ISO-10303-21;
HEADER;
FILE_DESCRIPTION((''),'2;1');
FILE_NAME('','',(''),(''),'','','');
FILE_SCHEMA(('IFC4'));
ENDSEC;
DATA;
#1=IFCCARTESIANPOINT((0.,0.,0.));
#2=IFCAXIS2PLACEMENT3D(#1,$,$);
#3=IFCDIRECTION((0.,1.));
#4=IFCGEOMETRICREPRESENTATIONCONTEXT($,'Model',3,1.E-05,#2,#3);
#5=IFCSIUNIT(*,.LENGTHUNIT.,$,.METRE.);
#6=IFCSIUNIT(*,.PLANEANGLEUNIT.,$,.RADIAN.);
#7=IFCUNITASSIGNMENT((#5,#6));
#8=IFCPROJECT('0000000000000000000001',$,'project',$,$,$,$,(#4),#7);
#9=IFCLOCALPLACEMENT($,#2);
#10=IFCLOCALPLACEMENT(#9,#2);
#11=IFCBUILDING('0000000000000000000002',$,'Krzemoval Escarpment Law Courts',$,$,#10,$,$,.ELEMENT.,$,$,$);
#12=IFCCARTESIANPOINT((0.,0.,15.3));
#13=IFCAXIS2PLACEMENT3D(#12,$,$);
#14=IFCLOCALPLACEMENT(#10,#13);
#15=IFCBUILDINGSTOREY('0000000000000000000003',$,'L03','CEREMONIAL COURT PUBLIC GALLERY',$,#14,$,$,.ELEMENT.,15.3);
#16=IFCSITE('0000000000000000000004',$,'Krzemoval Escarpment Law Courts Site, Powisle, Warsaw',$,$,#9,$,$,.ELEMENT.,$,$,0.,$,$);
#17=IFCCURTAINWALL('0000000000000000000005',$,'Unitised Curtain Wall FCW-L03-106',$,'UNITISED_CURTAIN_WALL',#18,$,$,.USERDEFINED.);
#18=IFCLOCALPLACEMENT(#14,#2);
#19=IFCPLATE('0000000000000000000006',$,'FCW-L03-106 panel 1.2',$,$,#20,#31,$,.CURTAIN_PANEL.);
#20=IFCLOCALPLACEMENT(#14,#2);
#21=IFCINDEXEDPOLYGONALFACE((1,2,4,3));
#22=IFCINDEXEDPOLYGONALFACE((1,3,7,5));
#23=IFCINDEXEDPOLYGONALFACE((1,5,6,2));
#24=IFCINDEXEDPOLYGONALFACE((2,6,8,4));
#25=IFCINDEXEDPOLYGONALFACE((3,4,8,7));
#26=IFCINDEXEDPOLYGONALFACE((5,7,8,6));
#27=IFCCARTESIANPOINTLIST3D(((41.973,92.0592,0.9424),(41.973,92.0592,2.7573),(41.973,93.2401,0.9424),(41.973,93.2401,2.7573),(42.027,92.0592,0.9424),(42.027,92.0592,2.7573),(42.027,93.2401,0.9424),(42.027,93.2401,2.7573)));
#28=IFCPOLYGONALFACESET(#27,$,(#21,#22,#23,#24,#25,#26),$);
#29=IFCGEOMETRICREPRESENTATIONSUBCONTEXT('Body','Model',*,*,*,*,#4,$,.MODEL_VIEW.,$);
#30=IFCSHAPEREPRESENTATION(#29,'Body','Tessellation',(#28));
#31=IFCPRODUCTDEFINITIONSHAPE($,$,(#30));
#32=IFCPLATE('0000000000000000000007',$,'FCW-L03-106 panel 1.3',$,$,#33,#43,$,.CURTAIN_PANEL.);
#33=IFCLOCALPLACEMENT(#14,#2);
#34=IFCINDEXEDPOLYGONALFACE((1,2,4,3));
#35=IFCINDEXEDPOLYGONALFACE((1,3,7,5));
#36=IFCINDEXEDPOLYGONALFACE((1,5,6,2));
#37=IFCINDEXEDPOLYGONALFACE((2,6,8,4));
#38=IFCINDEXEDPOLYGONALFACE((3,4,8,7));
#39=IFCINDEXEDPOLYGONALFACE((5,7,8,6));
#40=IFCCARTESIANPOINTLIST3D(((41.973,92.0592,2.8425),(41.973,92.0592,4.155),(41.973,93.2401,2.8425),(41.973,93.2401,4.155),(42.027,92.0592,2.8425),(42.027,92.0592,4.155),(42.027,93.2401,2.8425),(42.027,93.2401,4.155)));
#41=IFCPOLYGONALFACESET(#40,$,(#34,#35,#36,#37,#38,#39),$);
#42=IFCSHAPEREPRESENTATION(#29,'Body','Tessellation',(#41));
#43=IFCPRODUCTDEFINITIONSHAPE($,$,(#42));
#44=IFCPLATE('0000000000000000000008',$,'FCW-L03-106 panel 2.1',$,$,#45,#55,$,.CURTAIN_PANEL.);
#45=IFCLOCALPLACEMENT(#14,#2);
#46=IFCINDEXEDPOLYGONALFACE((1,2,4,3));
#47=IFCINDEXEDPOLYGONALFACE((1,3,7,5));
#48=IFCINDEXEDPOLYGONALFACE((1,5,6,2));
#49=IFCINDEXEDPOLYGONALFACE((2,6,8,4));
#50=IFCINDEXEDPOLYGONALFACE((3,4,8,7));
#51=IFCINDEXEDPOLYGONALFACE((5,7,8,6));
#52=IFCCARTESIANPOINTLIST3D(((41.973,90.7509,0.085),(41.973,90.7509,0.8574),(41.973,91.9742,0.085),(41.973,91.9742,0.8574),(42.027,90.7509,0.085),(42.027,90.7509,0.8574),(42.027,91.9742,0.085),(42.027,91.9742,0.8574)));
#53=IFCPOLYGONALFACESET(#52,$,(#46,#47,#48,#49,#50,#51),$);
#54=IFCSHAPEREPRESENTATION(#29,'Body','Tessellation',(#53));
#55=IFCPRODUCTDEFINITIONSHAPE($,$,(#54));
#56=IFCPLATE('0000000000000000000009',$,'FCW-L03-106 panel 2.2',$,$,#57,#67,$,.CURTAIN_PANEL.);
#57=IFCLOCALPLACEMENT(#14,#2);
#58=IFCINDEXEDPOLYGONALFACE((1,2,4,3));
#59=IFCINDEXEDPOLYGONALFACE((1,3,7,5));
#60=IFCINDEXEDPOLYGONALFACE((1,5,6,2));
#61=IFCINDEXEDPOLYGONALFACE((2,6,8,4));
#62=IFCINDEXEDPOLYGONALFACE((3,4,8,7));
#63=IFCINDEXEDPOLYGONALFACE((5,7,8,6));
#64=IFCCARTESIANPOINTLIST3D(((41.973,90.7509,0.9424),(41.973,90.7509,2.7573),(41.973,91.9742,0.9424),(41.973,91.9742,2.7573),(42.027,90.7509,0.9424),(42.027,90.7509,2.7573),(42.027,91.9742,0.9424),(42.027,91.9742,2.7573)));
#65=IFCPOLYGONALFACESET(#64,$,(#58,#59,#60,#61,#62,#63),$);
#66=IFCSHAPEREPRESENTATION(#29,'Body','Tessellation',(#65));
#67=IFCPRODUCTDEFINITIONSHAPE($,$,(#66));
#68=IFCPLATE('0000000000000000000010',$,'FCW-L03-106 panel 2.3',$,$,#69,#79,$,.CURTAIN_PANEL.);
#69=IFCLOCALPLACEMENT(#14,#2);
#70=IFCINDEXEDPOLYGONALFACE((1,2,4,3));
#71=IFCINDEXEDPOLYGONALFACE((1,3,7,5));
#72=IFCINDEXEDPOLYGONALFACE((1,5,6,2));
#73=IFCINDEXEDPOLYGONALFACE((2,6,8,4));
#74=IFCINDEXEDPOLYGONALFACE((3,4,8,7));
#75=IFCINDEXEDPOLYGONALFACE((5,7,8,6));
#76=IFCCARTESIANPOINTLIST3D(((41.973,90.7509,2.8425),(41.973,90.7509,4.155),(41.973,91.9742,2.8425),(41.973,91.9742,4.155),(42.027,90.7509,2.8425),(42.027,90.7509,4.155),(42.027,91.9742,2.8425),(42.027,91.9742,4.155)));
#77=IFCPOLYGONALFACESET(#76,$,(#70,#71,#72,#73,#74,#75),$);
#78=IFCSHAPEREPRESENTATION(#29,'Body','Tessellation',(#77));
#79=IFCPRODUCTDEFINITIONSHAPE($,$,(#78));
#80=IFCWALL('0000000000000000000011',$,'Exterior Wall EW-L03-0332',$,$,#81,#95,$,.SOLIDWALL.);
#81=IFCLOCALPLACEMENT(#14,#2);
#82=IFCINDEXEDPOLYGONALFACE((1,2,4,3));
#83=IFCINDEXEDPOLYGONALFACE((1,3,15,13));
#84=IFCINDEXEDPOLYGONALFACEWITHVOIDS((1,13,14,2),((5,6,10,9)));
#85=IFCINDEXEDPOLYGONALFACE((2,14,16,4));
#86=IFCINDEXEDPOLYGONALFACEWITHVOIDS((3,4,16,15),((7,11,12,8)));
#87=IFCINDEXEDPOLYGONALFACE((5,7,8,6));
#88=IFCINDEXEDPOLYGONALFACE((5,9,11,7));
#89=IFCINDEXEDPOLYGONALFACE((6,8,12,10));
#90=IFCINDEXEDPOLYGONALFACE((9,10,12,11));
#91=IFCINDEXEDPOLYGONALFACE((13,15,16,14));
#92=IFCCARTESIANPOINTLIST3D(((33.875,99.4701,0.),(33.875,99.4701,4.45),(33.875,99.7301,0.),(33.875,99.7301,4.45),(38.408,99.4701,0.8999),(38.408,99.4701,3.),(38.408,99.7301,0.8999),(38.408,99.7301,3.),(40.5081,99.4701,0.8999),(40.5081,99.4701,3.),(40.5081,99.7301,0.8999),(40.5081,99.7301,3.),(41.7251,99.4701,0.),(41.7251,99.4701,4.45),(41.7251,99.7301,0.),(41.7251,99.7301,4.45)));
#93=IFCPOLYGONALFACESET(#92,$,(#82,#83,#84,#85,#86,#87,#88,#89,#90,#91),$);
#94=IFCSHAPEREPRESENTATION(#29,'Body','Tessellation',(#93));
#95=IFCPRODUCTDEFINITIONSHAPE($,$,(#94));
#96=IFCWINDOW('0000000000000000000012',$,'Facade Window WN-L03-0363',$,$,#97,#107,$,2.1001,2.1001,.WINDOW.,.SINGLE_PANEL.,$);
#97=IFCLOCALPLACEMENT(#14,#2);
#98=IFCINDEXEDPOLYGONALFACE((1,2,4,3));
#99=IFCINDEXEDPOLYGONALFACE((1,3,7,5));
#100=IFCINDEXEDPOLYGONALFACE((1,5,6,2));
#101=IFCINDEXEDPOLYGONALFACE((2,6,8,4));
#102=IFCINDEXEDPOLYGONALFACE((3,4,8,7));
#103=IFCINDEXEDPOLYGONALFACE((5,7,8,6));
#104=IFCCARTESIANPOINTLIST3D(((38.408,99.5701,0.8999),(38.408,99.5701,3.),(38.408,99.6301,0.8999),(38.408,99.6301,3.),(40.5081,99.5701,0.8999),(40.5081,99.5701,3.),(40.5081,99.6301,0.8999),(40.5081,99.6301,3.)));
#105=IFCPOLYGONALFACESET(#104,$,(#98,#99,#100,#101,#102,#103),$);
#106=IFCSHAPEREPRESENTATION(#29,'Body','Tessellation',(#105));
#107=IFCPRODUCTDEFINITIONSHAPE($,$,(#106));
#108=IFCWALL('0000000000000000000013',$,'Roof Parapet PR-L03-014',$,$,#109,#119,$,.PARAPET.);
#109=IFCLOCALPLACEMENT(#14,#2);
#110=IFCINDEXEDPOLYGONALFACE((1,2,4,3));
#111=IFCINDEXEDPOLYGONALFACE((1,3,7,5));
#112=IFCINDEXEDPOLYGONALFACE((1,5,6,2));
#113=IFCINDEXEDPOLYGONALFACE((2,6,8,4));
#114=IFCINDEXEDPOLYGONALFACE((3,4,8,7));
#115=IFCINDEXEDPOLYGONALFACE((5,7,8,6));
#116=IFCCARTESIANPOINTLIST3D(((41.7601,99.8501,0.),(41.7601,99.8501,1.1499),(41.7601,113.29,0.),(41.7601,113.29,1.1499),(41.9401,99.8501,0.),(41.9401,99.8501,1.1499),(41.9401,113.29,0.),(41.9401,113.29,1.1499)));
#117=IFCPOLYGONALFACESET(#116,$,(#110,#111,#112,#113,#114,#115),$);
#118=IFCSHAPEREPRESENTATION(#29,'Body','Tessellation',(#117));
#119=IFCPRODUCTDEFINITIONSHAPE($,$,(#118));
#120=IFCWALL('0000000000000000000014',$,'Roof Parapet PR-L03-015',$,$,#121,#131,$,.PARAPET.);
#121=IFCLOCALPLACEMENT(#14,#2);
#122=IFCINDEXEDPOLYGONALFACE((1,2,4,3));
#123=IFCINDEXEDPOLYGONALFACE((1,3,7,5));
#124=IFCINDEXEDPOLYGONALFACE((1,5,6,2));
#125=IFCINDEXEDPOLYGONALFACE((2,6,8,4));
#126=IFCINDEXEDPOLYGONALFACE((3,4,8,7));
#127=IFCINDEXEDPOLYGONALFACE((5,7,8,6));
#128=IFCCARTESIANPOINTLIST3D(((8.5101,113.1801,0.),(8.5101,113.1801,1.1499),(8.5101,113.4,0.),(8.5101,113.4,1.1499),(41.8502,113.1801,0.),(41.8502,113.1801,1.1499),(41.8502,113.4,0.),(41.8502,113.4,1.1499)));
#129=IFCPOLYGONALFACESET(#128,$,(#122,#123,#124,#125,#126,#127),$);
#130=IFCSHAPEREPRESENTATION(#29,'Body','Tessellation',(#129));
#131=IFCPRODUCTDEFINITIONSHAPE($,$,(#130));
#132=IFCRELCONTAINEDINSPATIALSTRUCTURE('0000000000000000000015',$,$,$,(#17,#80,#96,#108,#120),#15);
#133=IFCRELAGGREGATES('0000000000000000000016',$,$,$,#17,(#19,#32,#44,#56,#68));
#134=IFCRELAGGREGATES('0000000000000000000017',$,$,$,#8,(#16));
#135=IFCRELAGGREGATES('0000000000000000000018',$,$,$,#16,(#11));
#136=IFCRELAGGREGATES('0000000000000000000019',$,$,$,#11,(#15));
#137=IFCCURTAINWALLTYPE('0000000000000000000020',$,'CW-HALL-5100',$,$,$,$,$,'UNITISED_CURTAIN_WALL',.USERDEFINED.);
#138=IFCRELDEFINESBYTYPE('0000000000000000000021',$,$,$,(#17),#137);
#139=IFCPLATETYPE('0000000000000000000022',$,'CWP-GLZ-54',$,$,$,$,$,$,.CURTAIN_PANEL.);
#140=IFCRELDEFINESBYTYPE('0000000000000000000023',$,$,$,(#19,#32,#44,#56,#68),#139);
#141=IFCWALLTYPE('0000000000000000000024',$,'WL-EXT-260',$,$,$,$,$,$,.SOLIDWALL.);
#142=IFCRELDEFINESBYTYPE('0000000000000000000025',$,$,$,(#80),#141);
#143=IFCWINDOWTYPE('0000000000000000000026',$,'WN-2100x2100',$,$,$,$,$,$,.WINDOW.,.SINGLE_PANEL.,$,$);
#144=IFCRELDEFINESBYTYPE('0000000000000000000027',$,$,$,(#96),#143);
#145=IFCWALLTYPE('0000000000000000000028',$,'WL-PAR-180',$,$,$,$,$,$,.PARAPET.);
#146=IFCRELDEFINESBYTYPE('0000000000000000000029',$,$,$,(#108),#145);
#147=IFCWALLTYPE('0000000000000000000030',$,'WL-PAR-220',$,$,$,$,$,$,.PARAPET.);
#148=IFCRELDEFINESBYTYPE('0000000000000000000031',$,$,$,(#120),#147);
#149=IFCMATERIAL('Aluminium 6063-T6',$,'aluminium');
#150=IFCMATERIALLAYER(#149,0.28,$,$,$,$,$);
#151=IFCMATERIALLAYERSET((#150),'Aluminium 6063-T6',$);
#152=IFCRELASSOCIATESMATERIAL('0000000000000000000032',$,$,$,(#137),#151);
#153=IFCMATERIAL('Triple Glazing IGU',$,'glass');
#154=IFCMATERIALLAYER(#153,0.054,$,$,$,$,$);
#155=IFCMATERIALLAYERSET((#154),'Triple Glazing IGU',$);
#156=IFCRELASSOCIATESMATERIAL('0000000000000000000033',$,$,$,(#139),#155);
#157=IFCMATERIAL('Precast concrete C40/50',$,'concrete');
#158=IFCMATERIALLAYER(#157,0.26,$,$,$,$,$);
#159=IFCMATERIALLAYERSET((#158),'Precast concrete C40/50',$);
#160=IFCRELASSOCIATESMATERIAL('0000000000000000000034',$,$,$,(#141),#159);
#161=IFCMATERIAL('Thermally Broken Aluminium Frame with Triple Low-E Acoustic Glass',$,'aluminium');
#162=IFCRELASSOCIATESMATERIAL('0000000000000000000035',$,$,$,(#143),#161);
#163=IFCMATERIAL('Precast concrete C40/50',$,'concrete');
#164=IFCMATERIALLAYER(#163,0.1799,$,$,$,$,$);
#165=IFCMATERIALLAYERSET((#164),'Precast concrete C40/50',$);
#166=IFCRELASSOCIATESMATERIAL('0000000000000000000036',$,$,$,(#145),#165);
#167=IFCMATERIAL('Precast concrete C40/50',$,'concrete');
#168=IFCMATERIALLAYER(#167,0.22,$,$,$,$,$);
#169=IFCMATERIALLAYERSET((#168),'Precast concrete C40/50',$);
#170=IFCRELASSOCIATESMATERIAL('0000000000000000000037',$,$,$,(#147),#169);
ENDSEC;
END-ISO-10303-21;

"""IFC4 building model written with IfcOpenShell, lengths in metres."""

from ifc_helpers import new_model, si_unit, direction, frame, frame_2d, origin, origin_2d, place, context, subcontext, project, spatial, rectangle, extrude, material, layer, layer_set, type_object, element, fill, aggregate, save


model = new_model("IFC4")

# Units and contexts
model_context = context("Model", 3, precision=1e-05, world=origin(), true_north=direction((0.0, 1.0)))
body_context = subcontext(model_context, "Body", "Model", "MODEL_VIEW")
ifc_project = project(units=[si_unit("LENGTHUNIT", "METRE"), si_unit("PLANEANGLEUNIT", "RADIAN")], contexts=[model_context])

# Site, building, storey
site_placement = place(None, origin())
site = spatial("IfcSite", under=ifc_project, at=site_placement, Name="Krzemoval Escarpment Law Courts Site, Powisle, Warsaw", CompositionType="ELEMENT", RefElevation=0.0)
building_placement = place(site_placement, origin())
building = spatial("IfcBuilding", under=site, at=building_placement, Name="Krzemoval Escarpment Law Courts", CompositionType="ELEMENT")
storey_placement = place(building_placement, frame((0.0, 0.0, 15.3)))
storey = spatial("IfcBuildingStorey", under=building, at=storey_placement, Name="L03", Description="CEREMONIAL COURT PUBLIC GALLERY", CompositionType="ELEMENT", Elevation=15.3)

# Curtain wall, plates
ifc_material_1 = material(Name="Aluminium 6063-T6", Category="aluminium")
ifc_layer_1 = layer(ifc_material_1, 0.28)
ifc_layer_set_1 = layer_set([ifc_layer_1], Name="Aluminium 6063-T6")
curtain_wall_type = type_object("IfcCurtainWallType", Name="CW-HALL-5100", ElementType="UNITISED_CURTAIN_WALL", PredefinedType="USERDEFINED", material=ifc_layer_set_1)
curtain_wall_placement = place(storey_placement, origin())
curtain_wall = element("IfcCurtainWall", 1, at=curtain_wall_placement, inside=storey, type_object=curtain_wall_type, Name="Unitised Curtain Wall FCW-L03-106", ObjectType="UNITISED_CURTAIN_WALL", PredefinedType="USERDEFINED")
ifc_material_2 = material(Name="Triple Glazing IGU", Category="glass")
ifc_layer_2 = layer(ifc_material_2, 0.054)
ifc_layer_set_2 = layer_set([ifc_layer_2], Name="Triple Glazing IGU")
plate_type = type_object("IfcPlateType", Name="CWP-GLZ-54", PredefinedType="CURTAIN_PANEL", material=ifc_layer_set_2)
plate_1_placement = place(storey_placement, frame((42.0, 92.6497, 0.9424), z_axis=(0.0, 0.0, 1.0), x_axis=(0.0, -1.0, 0.0)))
plate_1 = element("IfcPlate", 2, at=plate_1_placement, type_object=plate_type, Name="FCW-L03-106 panel 1.2", PredefinedType="CURTAIN_PANEL", context=body_context, shape_type="SweptSolid", body=[
    extrude(rectangle(XDim=1.1809, YDim=0.054, at=origin_2d()), origin(), (0.0, 0.0, 1.0), 1.8149),
])
plate_2_placement = place(storey_placement, frame((42.0, 92.6497, 2.8425), z_axis=(0.0, 0.0, 1.0), x_axis=(0.0, -1.0, 0.0)))
plate_2 = element("IfcPlate", 3, at=plate_2_placement, type_object=plate_type, Name="FCW-L03-106 panel 1.3", PredefinedType="CURTAIN_PANEL", context=body_context, shape_type="SweptSolid", body=[
    extrude(rectangle(XDim=1.1809, YDim=0.054, at=origin_2d()), origin(), (0.0, 0.0, 1.0), 1.3125),
])
plate_3_placement = place(storey_placement, frame((42.0, 91.3625, 0.085), z_axis=(0.0, 0.0, 1.0), x_axis=(0.0, -1.0, 0.0)))
plate_3 = element("IfcPlate", 4, at=plate_3_placement, type_object=plate_type, Name="FCW-L03-106 panel 2.1", PredefinedType="CURTAIN_PANEL", context=body_context, shape_type="SweptSolid", body=[
    extrude(rectangle(XDim=1.2234, YDim=0.054, at=origin_2d()), origin(), (0.0, 0.0, 1.0), 0.7725),
])
plate_4_placement = place(storey_placement, frame((42.0, 91.3625, 0.9424), z_axis=(0.0, 0.0, 1.0), x_axis=(0.0, -1.0, 0.0)))
plate_4 = element("IfcPlate", 5, at=plate_4_placement, type_object=plate_type, Name="FCW-L03-106 panel 2.2", PredefinedType="CURTAIN_PANEL", context=body_context, shape_type="SweptSolid", body=[
    extrude(rectangle(XDim=1.2234, YDim=0.054, at=origin_2d()), origin(), (0.0, 0.0, 1.0), 1.8149),
])
plate_5_placement = place(storey_placement, frame((42.0, 91.3625, 2.8425), z_axis=(0.0, 0.0, 1.0), x_axis=(0.0, -1.0, 0.0)))
plate_5 = element("IfcPlate", 6, at=plate_5_placement, type_object=plate_type, Name="FCW-L03-106 panel 2.3", PredefinedType="CURTAIN_PANEL", context=body_context, shape_type="SweptSolid", body=[
    extrude(rectangle(XDim=1.2234, YDim=0.054, at=origin_2d()), origin(), (0.0, 0.0, 1.0), 1.3125),
])
aggregate(curtain_wall, [plate_1, plate_2, plate_3, plate_4, plate_5])

# Wall, opening, window
ifc_material_3 = material(Name="Precast concrete C40/50", Category="concrete")
ifc_layer_3 = layer(ifc_material_3, 0.26)
ifc_layer_set_3 = layer_set([ifc_layer_3], Name="Precast concrete C40/50")
wall_type_1 = type_object("IfcWallType", Name="WL-EXT-260", PredefinedType="SOLIDWALL", material=ifc_layer_set_3)
wall_1_placement = place(storey_placement, frame((33.875, 99.6001, 0.0), z_axis=(0.0, 0.0, 1.0), x_axis=(1.0, 0.0, 0.0)))
wall_1 = element("IfcWall", 7, at=wall_1_placement, inside=storey, type_object=wall_type_1, Name="Exterior Wall EW-L03-0332", PredefinedType="SOLIDWALL", context=body_context, shape_type="SweptSolid", body=[
    extrude(rectangle(XDim=7.8501, YDim=0.26, at=frame_2d((3.925, 0.0))), origin(), (0.0, 0.0, 1.0), 4.45),
])
opening_placement = place(wall_1_placement, frame((4.533, 0.0, 0.8999)))
opening = element("IfcOpeningElement", 8, at=opening_placement, cuts=wall_1, PredefinedType="OPENING", context=body_context, shape_type="SweptSolid", body=[
    extrude(rectangle(XDim=2.1001, YDim=2.1001, at=frame_2d((1.05, 1.05))), frame((0.0, 0.145, 0.0), z_axis=(0.0, -1.0, 0.0), x_axis=(1.0, 0.0, 0.0)), (0.0, 0.0, 1.0), 0.29),
])
ifc_material_4 = material(Name="Thermally Broken Aluminium Frame with Triple Low-E Acoustic Glass", Category="aluminium")
window_type = type_object("IfcWindowType", Name="WN-2100x2100", PartitioningType="SINGLE_PANEL", PredefinedType="WINDOW", material=ifc_material_4)
window_placement = place(opening_placement, origin())
window = element("IfcWindow", 9, at=window_placement, inside=storey, type_object=window_type, Name="Facade Window WN-L03-0363", OverallHeight=2.1001, OverallWidth=2.1001, PartitioningType="SINGLE_PANEL", PredefinedType="WINDOW", context=body_context, shape_type="SweptSolid", body=[
    extrude(rectangle(XDim=2.1001, YDim=2.1001, at=frame_2d((1.05, 1.05))), frame((0.0, 0.03, 0.0), z_axis=(0.0, -1.0, 0.0), x_axis=(1.0, 0.0, 0.0)), (0.0, 0.0, 1.0), 0.0601),
])
fill(opening, window)

# Walls
ifc_material_5 = material(Name="Precast concrete C40/50", Category="concrete")
ifc_layer_4 = layer(ifc_material_5, 0.1799)
ifc_layer_set_4 = layer_set([ifc_layer_4], Name="Precast concrete C40/50")
wall_type_2 = type_object("IfcWallType", Name="WL-PAR-180", PredefinedType="PARAPET", material=ifc_layer_set_4)
wall_2_placement = place(storey_placement, frame((41.8501, 99.8501, 0.0), z_axis=(0.0, 0.0, 1.0), x_axis=(0.0, 1.0, 0.0)))
element("IfcWall", 10, at=wall_2_placement, inside=storey, type_object=wall_type_2, Name="Roof Parapet PR-L03-014", PredefinedType="PARAPET", context=body_context, shape_type="SweptSolid", body=[
    extrude(rectangle(XDim=13.4399, YDim=0.1799, at=frame_2d((6.72, 0.0))), origin(), (0.0, 0.0, 1.0), 1.1499),
])
ifc_material_6 = material(Name="Precast concrete C40/50", Category="concrete")
ifc_layer_5 = layer(ifc_material_6, 0.22)
ifc_layer_set_5 = layer_set([ifc_layer_5], Name="Precast concrete C40/50")
wall_type_3 = type_object("IfcWallType", Name="WL-PAR-220", PredefinedType="PARAPET", material=ifc_layer_set_5)
wall_3_placement = place(storey_placement, frame((41.8501, 113.29, 0.0), z_axis=(0.0, 0.0, 1.0), x_axis=(-1.0, 0.0, 0.0)))
element("IfcWall", 11, at=wall_3_placement, inside=storey, type_object=wall_type_3, Name="Roof Parapet PR-L03-015", PredefinedType="PARAPET", context=body_context, shape_type="SweptSolid", body=[
    extrude(rectangle(XDim=33.3401, YDim=0.22, at=frame_2d((16.6699, 0.0))), origin(), (0.0, 0.0, 1.0), 1.1499),
])

save(model, "model.ifc")
